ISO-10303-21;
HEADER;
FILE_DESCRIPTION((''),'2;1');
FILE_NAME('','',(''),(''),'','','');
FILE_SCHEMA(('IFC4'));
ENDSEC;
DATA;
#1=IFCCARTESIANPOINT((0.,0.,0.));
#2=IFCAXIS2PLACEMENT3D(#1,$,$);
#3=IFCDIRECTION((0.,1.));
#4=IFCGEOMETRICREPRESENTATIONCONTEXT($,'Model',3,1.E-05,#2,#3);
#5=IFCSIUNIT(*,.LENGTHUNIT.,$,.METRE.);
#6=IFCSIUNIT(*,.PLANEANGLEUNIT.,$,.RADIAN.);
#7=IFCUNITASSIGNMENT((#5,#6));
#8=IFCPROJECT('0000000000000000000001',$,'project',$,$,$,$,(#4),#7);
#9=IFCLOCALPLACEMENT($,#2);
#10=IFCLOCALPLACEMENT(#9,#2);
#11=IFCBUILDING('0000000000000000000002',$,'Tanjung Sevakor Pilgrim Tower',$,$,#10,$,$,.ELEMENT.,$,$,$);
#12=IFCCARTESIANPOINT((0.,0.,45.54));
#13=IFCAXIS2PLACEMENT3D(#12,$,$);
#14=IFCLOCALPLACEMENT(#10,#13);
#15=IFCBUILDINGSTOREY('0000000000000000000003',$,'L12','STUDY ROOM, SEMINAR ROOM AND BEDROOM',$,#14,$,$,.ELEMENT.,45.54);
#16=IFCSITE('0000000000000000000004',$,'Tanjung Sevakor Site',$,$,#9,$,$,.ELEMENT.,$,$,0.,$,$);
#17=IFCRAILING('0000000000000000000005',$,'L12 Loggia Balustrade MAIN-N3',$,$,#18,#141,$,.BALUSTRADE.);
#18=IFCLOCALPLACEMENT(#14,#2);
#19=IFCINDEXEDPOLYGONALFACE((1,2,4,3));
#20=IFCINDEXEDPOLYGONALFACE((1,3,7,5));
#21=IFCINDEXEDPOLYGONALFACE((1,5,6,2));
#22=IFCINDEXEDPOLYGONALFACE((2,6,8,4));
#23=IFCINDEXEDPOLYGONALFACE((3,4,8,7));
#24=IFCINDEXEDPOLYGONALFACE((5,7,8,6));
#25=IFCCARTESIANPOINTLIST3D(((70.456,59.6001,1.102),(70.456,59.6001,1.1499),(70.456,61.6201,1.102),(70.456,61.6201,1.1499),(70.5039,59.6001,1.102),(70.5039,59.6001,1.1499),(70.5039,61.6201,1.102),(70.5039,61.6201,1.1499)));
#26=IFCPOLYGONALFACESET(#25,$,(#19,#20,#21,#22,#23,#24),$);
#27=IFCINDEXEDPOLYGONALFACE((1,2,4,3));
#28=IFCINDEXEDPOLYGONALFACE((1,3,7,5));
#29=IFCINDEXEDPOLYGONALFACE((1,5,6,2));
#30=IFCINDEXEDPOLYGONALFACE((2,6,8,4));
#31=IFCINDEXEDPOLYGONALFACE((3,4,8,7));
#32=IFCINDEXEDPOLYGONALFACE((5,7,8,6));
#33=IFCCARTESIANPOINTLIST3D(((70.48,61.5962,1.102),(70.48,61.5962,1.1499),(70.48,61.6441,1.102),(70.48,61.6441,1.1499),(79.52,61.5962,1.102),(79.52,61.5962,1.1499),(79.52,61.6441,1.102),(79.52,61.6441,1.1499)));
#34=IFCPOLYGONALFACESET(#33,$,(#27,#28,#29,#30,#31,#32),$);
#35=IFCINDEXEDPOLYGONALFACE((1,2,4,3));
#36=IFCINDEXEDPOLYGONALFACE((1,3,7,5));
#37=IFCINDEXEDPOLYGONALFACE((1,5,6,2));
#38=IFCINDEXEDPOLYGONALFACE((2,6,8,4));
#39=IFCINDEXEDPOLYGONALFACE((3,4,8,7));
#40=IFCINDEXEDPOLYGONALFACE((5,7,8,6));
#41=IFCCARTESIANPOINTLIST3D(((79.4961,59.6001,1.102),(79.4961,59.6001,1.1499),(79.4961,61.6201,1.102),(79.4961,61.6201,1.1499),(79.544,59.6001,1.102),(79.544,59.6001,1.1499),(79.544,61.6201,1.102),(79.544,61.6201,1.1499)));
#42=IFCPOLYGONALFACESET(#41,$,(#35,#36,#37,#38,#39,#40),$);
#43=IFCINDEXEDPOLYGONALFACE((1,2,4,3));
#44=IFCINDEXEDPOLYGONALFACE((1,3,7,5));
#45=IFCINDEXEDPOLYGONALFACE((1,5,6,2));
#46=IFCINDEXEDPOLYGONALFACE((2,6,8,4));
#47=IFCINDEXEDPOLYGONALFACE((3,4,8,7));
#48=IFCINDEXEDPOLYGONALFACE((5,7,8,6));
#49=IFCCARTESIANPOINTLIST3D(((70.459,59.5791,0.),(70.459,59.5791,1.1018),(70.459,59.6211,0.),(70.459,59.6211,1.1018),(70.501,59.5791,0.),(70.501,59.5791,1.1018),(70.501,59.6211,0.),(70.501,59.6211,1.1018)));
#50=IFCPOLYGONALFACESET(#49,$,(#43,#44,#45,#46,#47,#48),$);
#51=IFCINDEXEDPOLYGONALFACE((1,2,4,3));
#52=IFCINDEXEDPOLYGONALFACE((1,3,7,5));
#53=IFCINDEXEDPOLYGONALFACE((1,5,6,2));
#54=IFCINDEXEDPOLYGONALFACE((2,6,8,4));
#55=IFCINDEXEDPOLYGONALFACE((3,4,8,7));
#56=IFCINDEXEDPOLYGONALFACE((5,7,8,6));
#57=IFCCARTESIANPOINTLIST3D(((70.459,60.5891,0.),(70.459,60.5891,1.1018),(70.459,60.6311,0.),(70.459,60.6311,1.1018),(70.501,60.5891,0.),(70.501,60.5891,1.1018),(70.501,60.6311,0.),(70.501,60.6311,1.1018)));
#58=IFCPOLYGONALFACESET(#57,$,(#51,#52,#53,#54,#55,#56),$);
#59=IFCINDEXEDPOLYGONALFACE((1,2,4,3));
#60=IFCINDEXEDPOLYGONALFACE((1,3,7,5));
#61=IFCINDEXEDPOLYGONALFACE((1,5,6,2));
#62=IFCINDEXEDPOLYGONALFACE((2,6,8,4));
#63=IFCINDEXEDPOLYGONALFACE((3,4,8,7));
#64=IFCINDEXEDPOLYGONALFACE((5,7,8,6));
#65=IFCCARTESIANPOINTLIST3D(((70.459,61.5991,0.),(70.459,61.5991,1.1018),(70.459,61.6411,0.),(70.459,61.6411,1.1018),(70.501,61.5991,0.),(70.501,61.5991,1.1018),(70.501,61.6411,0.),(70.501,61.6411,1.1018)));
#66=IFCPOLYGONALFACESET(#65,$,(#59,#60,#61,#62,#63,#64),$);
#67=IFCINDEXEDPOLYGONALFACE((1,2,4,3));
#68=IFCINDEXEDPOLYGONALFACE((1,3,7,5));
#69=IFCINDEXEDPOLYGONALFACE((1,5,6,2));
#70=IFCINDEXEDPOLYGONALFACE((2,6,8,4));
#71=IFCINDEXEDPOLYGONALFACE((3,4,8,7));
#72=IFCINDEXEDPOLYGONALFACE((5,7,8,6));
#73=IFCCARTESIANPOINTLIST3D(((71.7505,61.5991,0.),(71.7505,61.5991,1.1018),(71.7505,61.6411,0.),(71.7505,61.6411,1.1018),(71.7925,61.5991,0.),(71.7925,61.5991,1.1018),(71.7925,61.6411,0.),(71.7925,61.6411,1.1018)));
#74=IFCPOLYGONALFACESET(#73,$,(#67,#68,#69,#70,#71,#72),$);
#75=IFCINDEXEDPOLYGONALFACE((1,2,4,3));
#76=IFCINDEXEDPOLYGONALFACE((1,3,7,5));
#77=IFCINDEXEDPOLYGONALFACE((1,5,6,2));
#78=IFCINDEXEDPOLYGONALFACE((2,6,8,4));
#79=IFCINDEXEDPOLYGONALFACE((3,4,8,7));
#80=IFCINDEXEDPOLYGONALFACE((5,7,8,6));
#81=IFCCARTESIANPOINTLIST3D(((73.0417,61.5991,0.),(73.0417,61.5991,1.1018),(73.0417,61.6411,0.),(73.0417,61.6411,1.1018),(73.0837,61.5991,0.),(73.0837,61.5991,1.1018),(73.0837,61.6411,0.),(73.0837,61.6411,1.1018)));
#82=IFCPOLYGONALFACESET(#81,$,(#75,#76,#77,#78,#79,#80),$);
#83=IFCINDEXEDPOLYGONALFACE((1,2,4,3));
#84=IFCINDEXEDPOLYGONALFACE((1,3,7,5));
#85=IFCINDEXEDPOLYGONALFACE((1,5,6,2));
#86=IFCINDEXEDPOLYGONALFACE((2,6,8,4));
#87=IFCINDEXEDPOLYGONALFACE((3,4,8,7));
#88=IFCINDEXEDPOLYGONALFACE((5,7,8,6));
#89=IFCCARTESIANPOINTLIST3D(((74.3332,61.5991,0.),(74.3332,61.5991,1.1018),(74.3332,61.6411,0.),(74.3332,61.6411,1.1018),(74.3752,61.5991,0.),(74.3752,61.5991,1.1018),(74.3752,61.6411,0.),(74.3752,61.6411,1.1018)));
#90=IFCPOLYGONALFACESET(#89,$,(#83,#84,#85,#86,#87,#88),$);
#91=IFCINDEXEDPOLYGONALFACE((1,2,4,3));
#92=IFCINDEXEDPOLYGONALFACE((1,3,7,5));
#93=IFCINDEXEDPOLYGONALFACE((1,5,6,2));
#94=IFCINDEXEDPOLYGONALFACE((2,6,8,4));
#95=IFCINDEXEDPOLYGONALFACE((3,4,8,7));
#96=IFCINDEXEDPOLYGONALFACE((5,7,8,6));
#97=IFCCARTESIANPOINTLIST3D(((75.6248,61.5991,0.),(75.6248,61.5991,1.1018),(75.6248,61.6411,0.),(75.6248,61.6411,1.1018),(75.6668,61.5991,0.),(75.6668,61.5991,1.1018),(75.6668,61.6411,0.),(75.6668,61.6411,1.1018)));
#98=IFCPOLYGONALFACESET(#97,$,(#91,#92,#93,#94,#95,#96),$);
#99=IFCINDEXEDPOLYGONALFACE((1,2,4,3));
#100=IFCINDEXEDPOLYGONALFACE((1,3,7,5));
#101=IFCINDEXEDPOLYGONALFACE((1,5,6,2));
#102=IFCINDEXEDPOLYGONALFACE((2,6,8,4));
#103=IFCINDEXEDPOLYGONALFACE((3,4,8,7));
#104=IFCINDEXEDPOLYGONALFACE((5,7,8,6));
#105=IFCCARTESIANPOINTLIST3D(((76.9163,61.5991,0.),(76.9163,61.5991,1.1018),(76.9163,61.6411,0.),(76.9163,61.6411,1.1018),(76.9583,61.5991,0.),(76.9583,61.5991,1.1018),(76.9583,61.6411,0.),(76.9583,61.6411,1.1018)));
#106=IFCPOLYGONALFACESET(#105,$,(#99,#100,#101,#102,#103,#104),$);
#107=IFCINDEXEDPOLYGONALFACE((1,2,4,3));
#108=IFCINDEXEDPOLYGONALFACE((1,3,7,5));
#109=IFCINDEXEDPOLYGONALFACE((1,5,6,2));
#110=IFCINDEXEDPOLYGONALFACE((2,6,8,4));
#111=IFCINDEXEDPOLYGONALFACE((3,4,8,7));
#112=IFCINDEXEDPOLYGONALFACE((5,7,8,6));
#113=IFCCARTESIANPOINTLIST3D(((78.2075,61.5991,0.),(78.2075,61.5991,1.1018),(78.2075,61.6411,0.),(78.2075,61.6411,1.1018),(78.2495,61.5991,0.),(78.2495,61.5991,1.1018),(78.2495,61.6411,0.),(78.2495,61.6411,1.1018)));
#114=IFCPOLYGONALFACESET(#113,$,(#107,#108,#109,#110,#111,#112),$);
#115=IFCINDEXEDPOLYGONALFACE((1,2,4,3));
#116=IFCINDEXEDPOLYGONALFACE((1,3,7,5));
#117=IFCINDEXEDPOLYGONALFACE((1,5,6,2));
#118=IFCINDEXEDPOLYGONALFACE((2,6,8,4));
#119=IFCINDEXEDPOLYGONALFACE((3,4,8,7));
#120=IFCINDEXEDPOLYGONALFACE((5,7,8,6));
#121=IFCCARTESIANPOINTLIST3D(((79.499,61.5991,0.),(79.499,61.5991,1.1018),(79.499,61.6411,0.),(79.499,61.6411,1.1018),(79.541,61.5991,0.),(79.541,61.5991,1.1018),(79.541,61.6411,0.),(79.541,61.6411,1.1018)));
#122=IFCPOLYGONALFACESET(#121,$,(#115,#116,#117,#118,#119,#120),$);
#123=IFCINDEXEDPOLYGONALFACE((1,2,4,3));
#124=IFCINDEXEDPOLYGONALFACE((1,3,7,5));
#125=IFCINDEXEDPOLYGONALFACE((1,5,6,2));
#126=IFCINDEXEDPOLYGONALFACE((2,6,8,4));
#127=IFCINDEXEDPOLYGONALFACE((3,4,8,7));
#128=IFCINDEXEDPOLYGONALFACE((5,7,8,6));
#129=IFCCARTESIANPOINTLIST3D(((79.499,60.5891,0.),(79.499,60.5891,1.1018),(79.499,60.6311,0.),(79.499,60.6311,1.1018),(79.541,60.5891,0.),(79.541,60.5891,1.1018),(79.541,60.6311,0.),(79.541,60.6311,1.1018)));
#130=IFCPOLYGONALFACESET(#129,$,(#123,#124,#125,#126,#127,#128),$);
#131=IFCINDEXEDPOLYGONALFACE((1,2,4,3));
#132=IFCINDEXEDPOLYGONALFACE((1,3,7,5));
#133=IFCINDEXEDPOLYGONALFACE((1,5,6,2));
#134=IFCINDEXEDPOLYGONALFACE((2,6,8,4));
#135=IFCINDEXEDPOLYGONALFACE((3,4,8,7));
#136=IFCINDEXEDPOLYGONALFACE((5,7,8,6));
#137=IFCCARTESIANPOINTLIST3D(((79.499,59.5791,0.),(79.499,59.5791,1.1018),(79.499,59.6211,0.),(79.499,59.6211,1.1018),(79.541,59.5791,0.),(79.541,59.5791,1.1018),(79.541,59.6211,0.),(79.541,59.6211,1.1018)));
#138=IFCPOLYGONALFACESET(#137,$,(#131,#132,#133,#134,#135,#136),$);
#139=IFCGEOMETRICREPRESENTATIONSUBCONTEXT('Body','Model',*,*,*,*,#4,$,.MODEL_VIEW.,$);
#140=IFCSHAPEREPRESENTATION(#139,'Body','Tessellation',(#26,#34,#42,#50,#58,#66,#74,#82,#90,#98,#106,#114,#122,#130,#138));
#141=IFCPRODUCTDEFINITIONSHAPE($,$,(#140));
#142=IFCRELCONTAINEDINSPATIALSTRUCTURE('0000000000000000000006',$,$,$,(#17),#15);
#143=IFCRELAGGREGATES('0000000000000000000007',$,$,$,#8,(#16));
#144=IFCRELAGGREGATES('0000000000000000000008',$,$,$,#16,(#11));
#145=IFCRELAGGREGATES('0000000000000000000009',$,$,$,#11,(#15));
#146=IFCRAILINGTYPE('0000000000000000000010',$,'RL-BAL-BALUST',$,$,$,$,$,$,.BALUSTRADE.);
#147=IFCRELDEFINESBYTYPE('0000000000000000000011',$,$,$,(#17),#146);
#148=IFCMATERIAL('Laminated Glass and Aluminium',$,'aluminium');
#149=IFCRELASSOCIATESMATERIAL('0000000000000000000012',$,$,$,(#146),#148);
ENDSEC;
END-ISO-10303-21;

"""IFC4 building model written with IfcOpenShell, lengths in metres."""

from ifc_helpers import new_model, si_unit, direction, frame, origin, place, context, subcontext, project, spatial, rectangle, extrude, material, type_object, element, save


model = new_model("IFC4")

# Units and contexts
model_context = context("Model", 3, precision=1e-05, world=origin(), true_north=direction((0.0, 1.0)))
body_context = subcontext(model_context, "Body", "Model", "MODEL_VIEW")
ifc_project = project(units=[si_unit("LENGTHUNIT", "METRE"), si_unit("PLANEANGLEUNIT", "RADIAN")], contexts=[model_context])

# Site, building, storey
site_placement = place(None, origin())
site = spatial("IfcSite", under=ifc_project, at=site_placement, Name="Tanjung Sevakor Site", CompositionType="ELEMENT", RefElevation=0.0)
building_placement = place(site_placement, origin())
building = spatial("IfcBuilding", under=site, at=building_placement, Name="Tanjung Sevakor Pilgrim Tower", CompositionType="ELEMENT")
storey_placement = place(building_placement, frame((0.0, 0.0, 45.54)))
storey = spatial("IfcBuildingStorey", under=building, at=storey_placement, Name="L12", Description="STUDY ROOM, SEMINAR ROOM AND BEDROOM", CompositionType="ELEMENT", Elevation=45.54)

# Railing
ifc_material_1 = material(Name="Laminated Glass and Aluminium", Category="aluminium")
railing_type = type_object("IfcRailingType", Name="RL-BAL-BALUST", PredefinedType="BALUSTRADE", material=ifc_material_1)
railing_placement = place(storey_placement, frame((70.48, 59.6001, 0.0)))
element("IfcRailing", 1, at=railing_placement, inside=storey, type_object=railing_type, Name="L12 Loggia Balustrade MAIN-N3", PredefinedType="BALUSTRADE", context=body_context, shape_type="SweptSolid", body=[
    extrude(rectangle(XDim=0.0479, YDim=0.0479), frame((0.0, 0.0, 1.126), z_axis=(0.0, 1.0, 0.0), x_axis=(-1.0, 0.0, 0.0)), (0.0, 0.0, 1.0), 2.02),
    extrude(rectangle(XDim=0.0479, YDim=0.0479), frame((0.0, 2.02, 1.126), z_axis=(1.0, 0.0, 0.0), x_axis=(0.0, 1.0, 0.0)), (0.0, 0.0, 1.0), 9.04),
    extrude(rectangle(XDim=0.0479, YDim=0.0479), frame((9.04, 2.02, 1.126), z_axis=(0.0, -1.0, 0.0), x_axis=(1.0, 0.0, 0.0)), (0.0, 0.0, 1.0), 2.02),
    extrude(rectangle(XDim=0.042, YDim=0.042), origin(), (0.0, 0.0, 1.0), 1.1018),
    extrude(rectangle(XDim=0.042, YDim=0.042), frame((0.0, 1.01, 0.0)), (0.0, 0.0, 1.0), 1.1018),
    extrude(rectangle(XDim=0.042, YDim=0.042), frame((0.0, 2.02, 0.0)), (0.0, 0.0, 1.0), 1.1018),
    extrude(rectangle(XDim=0.042, YDim=0.042), frame((1.2915, 2.02, 0.0)), (0.0, 0.0, 1.0), 1.1018),
    extrude(rectangle(XDim=0.042, YDim=0.042), frame((2.5828, 2.02, 0.0)), (0.0, 0.0, 1.0), 1.1018),
    extrude(rectangle(XDim=0.042, YDim=0.042), frame((3.8743, 2.02, 0.0)), (0.0, 0.0, 1.0), 1.1018),
    extrude(rectangle(XDim=0.042, YDim=0.042), frame((5.1658, 2.02, 0.0)), (0.0, 0.0, 1.0), 1.1018),
    extrude(rectangle(XDim=0.042, YDim=0.042), frame((6.4573, 2.02, 0.0)), (0.0, 0.0, 1.0), 1.1018),
    extrude(rectangle(XDim=0.042, YDim=0.042), frame((7.7485, 2.02, 0.0)), (0.0, 0.0, 1.0), 1.1018),
    extrude(rectangle(XDim=0.042, YDim=0.042), frame((9.04, 2.02, 0.0)), (0.0, 0.0, 1.0), 1.1018),
    extrude(rectangle(XDim=0.042, YDim=0.042), frame((9.04, 1.01, 0.0)), (0.0, 0.0, 1.0), 1.1018),
    extrude(rectangle(XDim=0.042, YDim=0.042), frame((9.04, 0.0, 0.0)), (0.0, 0.0, 1.0), 1.1018),
])

save(model, "model.ifc")
